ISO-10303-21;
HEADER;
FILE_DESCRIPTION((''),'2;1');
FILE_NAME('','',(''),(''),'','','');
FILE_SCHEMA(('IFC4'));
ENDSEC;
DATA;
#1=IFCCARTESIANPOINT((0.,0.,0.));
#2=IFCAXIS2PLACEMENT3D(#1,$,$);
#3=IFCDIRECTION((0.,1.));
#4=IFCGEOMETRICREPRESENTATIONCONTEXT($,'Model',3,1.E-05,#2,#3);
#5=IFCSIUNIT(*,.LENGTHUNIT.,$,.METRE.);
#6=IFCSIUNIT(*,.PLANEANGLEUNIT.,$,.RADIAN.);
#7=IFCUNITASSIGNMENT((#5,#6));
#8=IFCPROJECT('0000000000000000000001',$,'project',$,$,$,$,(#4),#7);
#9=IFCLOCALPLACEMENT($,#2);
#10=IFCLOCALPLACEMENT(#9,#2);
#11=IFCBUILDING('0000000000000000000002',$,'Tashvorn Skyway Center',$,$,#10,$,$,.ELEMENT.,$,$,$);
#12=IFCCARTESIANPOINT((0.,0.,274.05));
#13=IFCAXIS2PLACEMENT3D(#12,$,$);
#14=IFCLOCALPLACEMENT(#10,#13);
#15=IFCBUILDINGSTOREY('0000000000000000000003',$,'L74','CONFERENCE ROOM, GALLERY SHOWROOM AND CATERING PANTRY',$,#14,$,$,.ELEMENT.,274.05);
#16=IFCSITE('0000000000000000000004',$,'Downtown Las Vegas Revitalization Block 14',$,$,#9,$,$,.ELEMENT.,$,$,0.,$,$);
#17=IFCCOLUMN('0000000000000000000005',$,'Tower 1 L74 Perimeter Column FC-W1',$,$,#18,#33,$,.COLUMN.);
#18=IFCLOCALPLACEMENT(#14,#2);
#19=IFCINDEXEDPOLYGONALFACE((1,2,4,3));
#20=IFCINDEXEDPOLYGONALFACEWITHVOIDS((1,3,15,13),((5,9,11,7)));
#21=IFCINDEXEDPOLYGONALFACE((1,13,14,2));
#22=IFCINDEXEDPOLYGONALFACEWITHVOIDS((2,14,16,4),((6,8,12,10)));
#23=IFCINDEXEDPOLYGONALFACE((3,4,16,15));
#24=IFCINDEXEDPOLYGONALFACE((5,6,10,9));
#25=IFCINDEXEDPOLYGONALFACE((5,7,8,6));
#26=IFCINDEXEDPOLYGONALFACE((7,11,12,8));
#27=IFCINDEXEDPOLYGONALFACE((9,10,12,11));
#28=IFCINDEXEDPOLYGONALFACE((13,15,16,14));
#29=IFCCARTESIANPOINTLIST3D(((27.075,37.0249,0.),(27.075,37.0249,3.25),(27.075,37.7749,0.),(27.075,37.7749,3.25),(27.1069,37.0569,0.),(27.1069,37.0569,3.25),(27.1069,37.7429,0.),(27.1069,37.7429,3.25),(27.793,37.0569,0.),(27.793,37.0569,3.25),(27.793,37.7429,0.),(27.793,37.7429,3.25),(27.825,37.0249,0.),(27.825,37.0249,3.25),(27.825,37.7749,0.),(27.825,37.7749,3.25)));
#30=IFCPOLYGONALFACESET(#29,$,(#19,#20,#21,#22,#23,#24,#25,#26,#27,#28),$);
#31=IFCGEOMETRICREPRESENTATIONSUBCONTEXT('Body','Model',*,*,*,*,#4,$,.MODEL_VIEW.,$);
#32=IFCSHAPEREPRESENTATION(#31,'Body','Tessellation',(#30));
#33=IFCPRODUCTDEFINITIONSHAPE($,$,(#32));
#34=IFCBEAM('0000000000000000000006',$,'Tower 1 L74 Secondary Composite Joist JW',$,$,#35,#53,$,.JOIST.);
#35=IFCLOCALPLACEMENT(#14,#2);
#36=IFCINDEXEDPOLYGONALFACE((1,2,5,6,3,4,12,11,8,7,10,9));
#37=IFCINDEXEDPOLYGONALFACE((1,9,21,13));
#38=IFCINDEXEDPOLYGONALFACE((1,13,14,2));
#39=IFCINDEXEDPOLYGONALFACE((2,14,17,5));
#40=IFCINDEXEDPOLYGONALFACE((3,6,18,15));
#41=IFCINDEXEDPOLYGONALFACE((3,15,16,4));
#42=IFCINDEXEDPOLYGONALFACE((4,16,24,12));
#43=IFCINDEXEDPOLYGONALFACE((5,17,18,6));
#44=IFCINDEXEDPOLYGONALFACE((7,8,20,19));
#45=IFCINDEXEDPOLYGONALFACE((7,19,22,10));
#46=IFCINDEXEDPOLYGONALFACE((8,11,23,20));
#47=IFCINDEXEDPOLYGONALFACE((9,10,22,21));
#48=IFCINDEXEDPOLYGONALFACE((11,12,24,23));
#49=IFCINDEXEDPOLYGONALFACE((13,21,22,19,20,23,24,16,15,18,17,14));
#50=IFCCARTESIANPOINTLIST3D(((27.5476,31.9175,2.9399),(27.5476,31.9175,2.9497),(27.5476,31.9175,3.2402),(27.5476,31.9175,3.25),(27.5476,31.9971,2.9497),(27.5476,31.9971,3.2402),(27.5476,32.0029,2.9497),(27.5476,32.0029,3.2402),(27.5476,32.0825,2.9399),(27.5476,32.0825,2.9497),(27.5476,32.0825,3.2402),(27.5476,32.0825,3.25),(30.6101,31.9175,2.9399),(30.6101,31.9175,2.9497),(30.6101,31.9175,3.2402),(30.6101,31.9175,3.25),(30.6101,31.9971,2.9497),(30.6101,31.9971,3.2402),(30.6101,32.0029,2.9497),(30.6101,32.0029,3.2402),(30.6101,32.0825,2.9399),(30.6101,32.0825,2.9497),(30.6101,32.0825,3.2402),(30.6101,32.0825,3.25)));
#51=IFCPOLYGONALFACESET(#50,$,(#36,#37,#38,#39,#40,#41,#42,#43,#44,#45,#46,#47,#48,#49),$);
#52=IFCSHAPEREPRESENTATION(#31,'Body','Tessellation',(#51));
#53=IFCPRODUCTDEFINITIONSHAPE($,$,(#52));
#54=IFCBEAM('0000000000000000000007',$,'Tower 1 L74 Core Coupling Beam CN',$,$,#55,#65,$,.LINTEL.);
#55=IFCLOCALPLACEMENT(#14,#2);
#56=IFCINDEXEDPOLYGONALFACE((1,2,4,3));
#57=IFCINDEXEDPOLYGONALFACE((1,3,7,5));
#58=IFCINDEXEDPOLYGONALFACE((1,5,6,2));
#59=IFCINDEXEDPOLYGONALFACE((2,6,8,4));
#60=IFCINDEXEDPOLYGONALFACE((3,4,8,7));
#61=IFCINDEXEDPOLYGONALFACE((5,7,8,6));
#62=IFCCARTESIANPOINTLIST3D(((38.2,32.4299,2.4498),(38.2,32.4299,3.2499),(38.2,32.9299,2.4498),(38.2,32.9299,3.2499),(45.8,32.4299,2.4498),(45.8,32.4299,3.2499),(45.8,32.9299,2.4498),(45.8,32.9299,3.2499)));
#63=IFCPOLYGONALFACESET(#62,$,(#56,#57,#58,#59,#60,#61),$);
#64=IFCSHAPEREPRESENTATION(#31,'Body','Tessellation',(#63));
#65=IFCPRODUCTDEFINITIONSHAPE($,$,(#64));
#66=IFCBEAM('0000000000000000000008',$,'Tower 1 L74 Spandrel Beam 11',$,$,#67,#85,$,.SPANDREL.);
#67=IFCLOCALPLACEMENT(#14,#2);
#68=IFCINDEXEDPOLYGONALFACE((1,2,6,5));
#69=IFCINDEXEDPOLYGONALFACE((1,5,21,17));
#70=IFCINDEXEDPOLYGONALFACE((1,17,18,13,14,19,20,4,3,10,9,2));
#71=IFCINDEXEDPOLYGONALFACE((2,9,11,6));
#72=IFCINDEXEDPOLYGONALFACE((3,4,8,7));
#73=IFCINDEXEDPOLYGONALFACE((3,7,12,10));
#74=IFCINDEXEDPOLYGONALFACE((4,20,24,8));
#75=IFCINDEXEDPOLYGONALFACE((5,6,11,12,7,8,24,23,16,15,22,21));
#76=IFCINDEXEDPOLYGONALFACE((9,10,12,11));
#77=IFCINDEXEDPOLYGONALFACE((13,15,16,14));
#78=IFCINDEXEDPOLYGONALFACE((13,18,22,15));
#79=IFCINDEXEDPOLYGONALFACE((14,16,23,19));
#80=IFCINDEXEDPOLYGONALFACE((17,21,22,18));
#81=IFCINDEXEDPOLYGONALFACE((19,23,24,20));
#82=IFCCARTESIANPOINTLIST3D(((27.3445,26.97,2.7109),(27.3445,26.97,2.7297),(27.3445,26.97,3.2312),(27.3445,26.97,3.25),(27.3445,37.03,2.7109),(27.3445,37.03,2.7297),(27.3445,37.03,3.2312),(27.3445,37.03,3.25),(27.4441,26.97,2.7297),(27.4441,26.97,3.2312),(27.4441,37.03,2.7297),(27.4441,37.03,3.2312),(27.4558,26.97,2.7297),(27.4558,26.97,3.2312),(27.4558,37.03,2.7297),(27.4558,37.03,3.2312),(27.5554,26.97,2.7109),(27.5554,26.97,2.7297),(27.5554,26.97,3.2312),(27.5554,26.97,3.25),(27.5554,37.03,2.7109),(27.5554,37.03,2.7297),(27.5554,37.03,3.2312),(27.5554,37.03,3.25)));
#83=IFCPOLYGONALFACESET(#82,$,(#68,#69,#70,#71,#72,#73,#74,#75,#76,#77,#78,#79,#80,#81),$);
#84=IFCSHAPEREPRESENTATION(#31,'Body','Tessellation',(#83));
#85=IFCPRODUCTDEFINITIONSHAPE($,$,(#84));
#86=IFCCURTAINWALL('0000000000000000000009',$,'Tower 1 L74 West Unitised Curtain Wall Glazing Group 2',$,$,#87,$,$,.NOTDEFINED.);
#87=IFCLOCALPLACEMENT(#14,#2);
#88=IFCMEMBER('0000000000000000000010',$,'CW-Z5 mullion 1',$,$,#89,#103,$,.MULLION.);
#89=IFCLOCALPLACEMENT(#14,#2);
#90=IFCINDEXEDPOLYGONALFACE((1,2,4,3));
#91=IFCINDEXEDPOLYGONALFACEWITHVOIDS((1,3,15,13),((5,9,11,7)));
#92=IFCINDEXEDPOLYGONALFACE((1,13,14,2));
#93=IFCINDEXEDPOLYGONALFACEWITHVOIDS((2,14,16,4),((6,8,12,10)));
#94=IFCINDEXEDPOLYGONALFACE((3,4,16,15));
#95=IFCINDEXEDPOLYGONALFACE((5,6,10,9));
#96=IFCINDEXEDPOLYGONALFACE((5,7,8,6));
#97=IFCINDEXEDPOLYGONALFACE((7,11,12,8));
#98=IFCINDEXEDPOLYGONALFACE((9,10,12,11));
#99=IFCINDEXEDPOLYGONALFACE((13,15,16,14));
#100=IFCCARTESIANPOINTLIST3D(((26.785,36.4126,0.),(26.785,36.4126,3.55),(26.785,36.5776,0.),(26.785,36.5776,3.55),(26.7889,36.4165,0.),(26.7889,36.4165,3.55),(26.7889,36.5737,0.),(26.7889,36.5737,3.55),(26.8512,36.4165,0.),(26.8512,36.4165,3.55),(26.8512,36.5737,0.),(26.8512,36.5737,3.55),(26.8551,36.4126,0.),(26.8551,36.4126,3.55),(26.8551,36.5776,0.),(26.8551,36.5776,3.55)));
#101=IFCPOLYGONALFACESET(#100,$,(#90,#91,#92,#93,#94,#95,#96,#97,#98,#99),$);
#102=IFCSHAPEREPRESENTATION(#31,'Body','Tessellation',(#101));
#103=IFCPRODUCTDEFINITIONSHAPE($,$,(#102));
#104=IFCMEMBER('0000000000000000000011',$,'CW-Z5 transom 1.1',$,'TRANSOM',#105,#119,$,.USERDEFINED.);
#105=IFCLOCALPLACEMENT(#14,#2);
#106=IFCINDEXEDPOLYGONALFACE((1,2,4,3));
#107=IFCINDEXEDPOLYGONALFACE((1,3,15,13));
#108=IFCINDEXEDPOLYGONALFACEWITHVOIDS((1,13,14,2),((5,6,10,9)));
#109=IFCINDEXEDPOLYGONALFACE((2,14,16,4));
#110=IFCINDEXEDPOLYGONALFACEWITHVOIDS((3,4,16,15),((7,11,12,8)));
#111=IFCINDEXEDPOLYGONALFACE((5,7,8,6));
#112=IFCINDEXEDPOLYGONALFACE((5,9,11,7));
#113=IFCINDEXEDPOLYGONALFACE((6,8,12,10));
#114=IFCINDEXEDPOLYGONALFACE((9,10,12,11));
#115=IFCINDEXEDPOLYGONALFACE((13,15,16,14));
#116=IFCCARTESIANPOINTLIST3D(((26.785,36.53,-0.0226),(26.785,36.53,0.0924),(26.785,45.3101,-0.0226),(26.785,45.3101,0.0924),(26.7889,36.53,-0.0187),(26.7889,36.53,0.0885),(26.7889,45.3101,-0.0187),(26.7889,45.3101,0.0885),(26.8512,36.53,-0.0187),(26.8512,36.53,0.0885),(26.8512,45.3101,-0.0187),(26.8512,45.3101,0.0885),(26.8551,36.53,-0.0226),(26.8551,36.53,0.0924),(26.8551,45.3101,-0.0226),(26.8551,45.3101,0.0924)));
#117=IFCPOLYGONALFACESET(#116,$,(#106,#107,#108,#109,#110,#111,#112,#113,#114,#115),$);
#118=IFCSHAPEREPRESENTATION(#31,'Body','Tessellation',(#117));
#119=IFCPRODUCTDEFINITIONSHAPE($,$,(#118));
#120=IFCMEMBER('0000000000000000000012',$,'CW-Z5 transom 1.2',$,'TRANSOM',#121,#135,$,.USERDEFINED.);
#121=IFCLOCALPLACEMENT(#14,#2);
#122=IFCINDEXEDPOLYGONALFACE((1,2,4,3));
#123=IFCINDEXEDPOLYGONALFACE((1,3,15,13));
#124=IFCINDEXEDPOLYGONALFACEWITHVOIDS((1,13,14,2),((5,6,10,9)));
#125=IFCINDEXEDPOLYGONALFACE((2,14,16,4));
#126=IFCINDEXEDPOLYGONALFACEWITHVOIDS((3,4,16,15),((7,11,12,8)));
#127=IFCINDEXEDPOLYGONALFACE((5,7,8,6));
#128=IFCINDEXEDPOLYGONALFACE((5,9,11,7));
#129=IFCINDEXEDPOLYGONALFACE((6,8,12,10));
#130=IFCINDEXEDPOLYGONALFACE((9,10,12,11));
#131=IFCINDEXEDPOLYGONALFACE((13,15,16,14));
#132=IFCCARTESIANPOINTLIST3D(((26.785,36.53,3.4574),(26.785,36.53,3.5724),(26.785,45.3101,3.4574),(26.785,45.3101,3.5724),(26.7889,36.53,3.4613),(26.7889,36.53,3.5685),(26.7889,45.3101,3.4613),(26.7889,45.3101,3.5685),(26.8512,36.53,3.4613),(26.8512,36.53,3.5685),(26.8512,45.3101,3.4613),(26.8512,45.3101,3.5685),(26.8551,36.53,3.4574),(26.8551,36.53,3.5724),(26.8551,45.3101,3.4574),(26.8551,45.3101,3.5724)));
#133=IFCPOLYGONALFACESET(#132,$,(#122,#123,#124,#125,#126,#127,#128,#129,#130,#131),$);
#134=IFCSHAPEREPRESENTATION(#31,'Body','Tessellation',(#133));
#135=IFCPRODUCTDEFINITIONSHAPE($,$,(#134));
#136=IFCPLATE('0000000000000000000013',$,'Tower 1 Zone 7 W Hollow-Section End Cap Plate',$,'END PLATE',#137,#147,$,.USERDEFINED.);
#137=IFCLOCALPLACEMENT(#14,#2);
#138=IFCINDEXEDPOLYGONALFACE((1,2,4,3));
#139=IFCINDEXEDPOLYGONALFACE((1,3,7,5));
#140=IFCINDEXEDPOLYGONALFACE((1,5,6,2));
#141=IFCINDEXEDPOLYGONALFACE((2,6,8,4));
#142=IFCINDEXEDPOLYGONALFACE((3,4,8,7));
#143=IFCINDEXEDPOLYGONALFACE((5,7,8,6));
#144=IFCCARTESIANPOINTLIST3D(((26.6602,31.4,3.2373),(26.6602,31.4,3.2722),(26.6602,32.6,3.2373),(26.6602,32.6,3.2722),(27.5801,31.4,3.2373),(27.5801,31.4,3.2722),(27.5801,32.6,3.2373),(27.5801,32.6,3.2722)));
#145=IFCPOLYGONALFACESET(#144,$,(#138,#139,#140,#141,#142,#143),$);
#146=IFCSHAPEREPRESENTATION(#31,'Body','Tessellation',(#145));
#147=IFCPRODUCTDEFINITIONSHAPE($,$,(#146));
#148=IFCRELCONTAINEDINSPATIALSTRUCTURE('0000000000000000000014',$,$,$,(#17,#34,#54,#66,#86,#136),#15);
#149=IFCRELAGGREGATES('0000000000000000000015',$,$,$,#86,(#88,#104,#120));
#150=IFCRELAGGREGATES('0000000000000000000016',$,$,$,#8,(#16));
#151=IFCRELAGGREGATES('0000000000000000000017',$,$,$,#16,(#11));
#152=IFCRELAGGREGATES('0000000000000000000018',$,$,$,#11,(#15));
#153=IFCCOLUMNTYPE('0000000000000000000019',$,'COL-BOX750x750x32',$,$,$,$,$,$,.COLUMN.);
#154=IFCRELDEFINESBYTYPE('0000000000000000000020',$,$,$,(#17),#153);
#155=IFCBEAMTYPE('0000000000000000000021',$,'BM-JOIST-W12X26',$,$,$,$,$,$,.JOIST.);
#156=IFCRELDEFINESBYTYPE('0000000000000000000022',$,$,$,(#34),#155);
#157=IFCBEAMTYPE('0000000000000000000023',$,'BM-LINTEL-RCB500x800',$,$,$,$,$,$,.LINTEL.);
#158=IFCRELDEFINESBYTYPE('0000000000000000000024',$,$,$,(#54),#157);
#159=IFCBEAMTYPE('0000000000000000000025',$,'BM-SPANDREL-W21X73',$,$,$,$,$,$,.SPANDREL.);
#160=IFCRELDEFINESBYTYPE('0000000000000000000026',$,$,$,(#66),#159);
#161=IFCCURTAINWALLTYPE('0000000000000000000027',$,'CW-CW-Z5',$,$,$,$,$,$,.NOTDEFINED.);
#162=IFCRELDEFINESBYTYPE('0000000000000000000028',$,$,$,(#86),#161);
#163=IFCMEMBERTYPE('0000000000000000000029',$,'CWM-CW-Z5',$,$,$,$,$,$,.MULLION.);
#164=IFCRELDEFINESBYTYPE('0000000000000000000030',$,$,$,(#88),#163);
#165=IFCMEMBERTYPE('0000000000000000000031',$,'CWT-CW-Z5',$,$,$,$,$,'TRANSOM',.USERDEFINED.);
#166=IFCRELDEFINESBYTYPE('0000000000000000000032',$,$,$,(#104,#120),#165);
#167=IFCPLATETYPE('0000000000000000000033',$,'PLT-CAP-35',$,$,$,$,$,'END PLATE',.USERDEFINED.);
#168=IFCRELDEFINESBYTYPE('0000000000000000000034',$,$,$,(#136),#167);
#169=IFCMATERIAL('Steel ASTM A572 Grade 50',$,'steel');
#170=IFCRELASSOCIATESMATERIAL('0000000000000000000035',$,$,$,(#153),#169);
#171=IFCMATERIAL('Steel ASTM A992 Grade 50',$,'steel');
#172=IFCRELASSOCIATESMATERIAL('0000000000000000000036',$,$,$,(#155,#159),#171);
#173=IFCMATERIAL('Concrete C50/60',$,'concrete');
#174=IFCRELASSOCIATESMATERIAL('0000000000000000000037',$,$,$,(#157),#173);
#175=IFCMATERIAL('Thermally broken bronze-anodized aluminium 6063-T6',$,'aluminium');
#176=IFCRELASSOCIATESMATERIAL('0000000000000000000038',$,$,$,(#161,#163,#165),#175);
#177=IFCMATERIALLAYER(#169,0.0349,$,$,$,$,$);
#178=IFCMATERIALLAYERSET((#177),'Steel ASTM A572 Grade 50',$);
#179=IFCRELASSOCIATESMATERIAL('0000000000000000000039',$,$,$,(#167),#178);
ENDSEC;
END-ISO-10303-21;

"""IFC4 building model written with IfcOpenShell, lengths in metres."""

from ifc_helpers import new_model, si_unit, direction, frame, origin, origin_2d, place, context, subcontext, project, spatial, rectangle, hollow_rectangle, i_section, extrude, material, layer, layer_set, material_profile, profile_set, type_object, element, aggregate, save


model = new_model("IFC4")

# Units and contexts
model_context = context("Model", 3, precision=1e-05, world=origin(), true_north=direction((0.0, 1.0)))
body_context = subcontext(model_context, "Body", "Model", "MODEL_VIEW")
ifc_project = project(units=[si_unit("LENGTHUNIT", "METRE"), si_unit("PLANEANGLEUNIT", "RADIAN")], contexts=[model_context])

# Site, building, storey
site_placement = place(None, origin())
site = spatial("IfcSite", under=ifc_project, at=site_placement, Name="Downtown Las Vegas Revitalization Block 14", CompositionType="ELEMENT", RefElevation=0.0)
building_placement = place(site_placement, origin())
building = spatial("IfcBuilding", under=site, at=building_placement, Name="Tashvorn Skyway Center", CompositionType="ELEMENT")
storey_placement = place(building_placement, frame((0.0, 0.0, 274.05)))
storey = spatial("IfcBuildingStorey", under=building, at=storey_placement, Name="L74", Description="CONFERENCE ROOM, GALLERY SHOWROOM AND CATERING PANTRY", CompositionType="ELEMENT", Elevation=274.05)

# Column
ifc_material_1 = material(Name="Steel ASTM A572 Grade 50", Category="steel")
ifc_material_profile_1 = material_profile(ifc_material_1, hollow_rectangle(XDim=0.75, YDim=0.75, WallThickness=0.032, at=origin_2d()), Name="BOX750x750x32")
ifc_profile_set_1 = profile_set([ifc_material_profile_1], Name="Steel ASTM A572 Grade 50")
column_type = type_object("IfcColumnType", Name="COL-BOX750x750x32", PredefinedType="COLUMN", material=ifc_profile_set_1)
column_placement = place(storey_placement, frame((27.45, 37.3999, 0.0), z_axis=(0.0, 0.0, 1.0), x_axis=(1.0, 0.0, 0.0)))
element("IfcColumn", 1, at=column_placement, inside=storey, type_object=column_type, Name="Tower 1 L74 Perimeter Column FC-W1", PredefinedType="COLUMN", context=body_context, shape_type="SweptSolid", body=[
    extrude(hollow_rectangle(XDim=0.75, YDim=0.75, WallThickness=0.032, at=origin_2d()), origin(), (0.0, 0.0, 1.0), 3.25),
])

# Beams
ifc_material_2 = material(Name="Steel ASTM A992 Grade 50", Category="steel")
ifc_material_profile_2 = material_profile(ifc_material_2, i_section(OverallWidth=0.165, OverallDepth=0.3101, WebThickness=0.0059, FlangeThickness=0.0098, at=origin_2d()), Name="W12X26")
ifc_profile_set_2 = profile_set([ifc_material_profile_2], Name="Steel ASTM A992 Grade 50")
beam_type_1 = type_object("IfcBeamType", Name="BM-JOIST-W12X26", PredefinedType="JOIST", material=ifc_profile_set_2)
beam_1_placement = place(storey_placement, frame((30.6101, 32.0, 3.095), z_axis=(-1.0, 0.0, 0.0), x_axis=(0.0, -1.0, 0.0)))
element("IfcBeam", 2, at=beam_1_placement, inside=storey, type_object=beam_type_1, Name="Tower 1 L74 Secondary Composite Joist JW", PredefinedType="JOIST", context=body_context, shape_type="SweptSolid", body=[
    extrude(i_section(OverallWidth=0.165, OverallDepth=0.3101, WebThickness=0.0059, FlangeThickness=0.0098, at=origin_2d()), origin(), (0.0, 0.0, 1.0), 3.0625),
])
ifc_material_3 = material(Name="Concrete C50/60", Category="concrete")
ifc_material_profile_3 = material_profile(ifc_material_3, rectangle(XDim=0.5, YDim=0.8, at=origin_2d()), Name="RCB500x800")
ifc_profile_set_3 = profile_set([ifc_material_profile_3], Name="Concrete C50/60")
beam_type_2 = type_object("IfcBeamType", Name="BM-LINTEL-RCB500x800", PredefinedType="LINTEL", material=ifc_profile_set_3)
beam_2_placement = place(storey_placement, frame((38.2, 32.6799, 2.8499), z_axis=(1.0, 0.0, 0.0), x_axis=(0.0, 1.0, 0.0)))
element("IfcBeam", 3, at=beam_2_placement, inside=storey, type_object=beam_type_2, Name="Tower 1 L74 Core Coupling Beam CN", PredefinedType="LINTEL", context=body_context, shape_type="SweptSolid", body=[
    extrude(rectangle(XDim=0.5, YDim=0.8, at=origin_2d()), origin(), (0.0, 0.0, 1.0), 7.6001),
])
ifc_material_profile_4 = material_profile(ifc_material_2, i_section(OverallWidth=0.2109, OverallDepth=0.5391, WebThickness=0.0117, FlangeThickness=0.0188, at=origin_2d()), Name="W21X73")
ifc_profile_set_4 = profile_set([ifc_material_profile_4], Name="Steel ASTM A992 Grade 50")
beam_type_3 = type_object("IfcBeamType", Name="BM-SPANDREL-W21X73", PredefinedType="SPANDREL", material=ifc_profile_set_4)
beam_3_placement = place(storey_placement, frame((27.45, 37.03, 2.9805), z_axis=(0.0, -1.0, 0.0), x_axis=(1.0, 0.0, 0.0)))
element("IfcBeam", 4, at=beam_3_placement, inside=storey, type_object=beam_type_3, Name="Tower 1 L74 Spandrel Beam 11", PredefinedType="SPANDREL", context=body_context, shape_type="SweptSolid", body=[
    extrude(i_section(OverallWidth=0.2109, OverallDepth=0.5391, WebThickness=0.0117, FlangeThickness=0.0188, at=origin_2d()), origin(), (0.0, 0.0, 1.0), 10.0601),
])

# Curtain wall, members
ifc_material_4 = material(Name="Thermally broken bronze-anodized aluminium 6063-T6", Category="aluminium")
curtain_wall_type = type_object("IfcCurtainWallType", Name="CW-CW-Z5", PredefinedType="NOTDEFINED", material=ifc_material_4)
curtain_wall_placement = place(storey_placement, origin())
curtain_wall = element("IfcCurtainWall", 5, at=curtain_wall_placement, inside=storey, type_object=curtain_wall_type, Name="Tower 1 L74 West Unitised Curtain Wall Glazing Group 2", PredefinedType="NOTDEFINED")
ifc_material_profile_5 = material_profile(ifc_material_4, hollow_rectangle(XDim=0.0701, YDim=0.165, WallThickness=0.0039, at=origin_2d()), Name="ALU-MULL-70x165")
ifc_profile_set_5 = profile_set([ifc_material_profile_5], Name="Thermally broken bronze-anodized aluminium 6063-T6")
member_type_1 = type_object("IfcMemberType", Name="CWM-CW-Z5", PredefinedType="MULLION", material=ifc_profile_set_5)
member_1_placement = place(storey_placement, frame((26.8201, 36.4951, 0.0), z_axis=(0.0, 0.0, 1.0), x_axis=(-1.0, 0.0, 0.0)))
member_1 = element("IfcMember", 6, at=member_1_placement, type_object=member_type_1, Name="CW-Z5 mullion 1", PredefinedType="MULLION", context=body_context, shape_type="SweptSolid", body=[
    extrude(hollow_rectangle(XDim=0.0701, YDim=0.165, WallThickness=0.0039, at=origin_2d()), origin(), (0.0, 0.0, 1.0), 3.55),
])
ifc_material_profile_6 = material_profile(ifc_material_4, hollow_rectangle(XDim=0.0701, YDim=0.115, WallThickness=0.0039, at=origin_2d()), Name="ALU-TRAN-70x115")
ifc_profile_set_6 = profile_set([ifc_material_profile_6], Name="Thermally broken bronze-anodized aluminium 6063-T6")
member_type_2 = type_object("IfcMemberType", Name="CWT-CW-Z5", ElementType="TRANSOM", PredefinedType="USERDEFINED", material=ifc_profile_set_6)
member_2_placement = place(storey_placement, frame((26.8201, 36.53, 0.0349), z_axis=(0.0, 1.0, 0.0), x_axis=(-1.0, 0.0, 0.0)))
member_2 = element("IfcMember", 7, at=member_2_placement, type_object=member_type_2, Name="CW-Z5 transom 1.1", ObjectType="TRANSOM", PredefinedType="USERDEFINED", context=body_context, shape_type="SweptSolid", body=[
    extrude(hollow_rectangle(XDim=0.0701, YDim=0.115, WallThickness=0.0039, at=origin_2d()), origin(), (0.0, 0.0, 1.0), 8.78),
])
member_3_placement = place(storey_placement, frame((26.8201, 36.53, 3.5149), z_axis=(0.0, 1.0, 0.0), x_axis=(-1.0, 0.0, 0.0)))
member_3 = element("IfcMember", 8, at=member_3_placement, type_object=member_type_2, Name="CW-Z5 transom 1.2", ObjectType="TRANSOM", PredefinedType="USERDEFINED", context=body_context, shape_type="SweptSolid", body=[
    extrude(hollow_rectangle(XDim=0.0701, YDim=0.115, WallThickness=0.0039, at=origin_2d()), origin(), (0.0, 0.0, 1.0), 8.78),
])
aggregate(curtain_wall, [member_1, member_2, member_3])

# Plate
ifc_layer_1 = layer(ifc_material_1, 0.0349)
ifc_layer_set_1 = layer_set([ifc_layer_1], Name="Steel ASTM A572 Grade 50")
plate_type = type_object("IfcPlateType", Name="PLT-CAP-35", ElementType="END PLATE", PredefinedType="USERDEFINED", material=ifc_layer_set_1)
plate_placement = place(storey_placement, frame((27.1201, 32.0, 3.2373), z_axis=(0.0, 0.0, 1.0), x_axis=(0.0, -1.0, 0.0)))
element("IfcPlate", 9, at=plate_placement, inside=storey, type_object=plate_type, Name="Tower 1 Zone 7 W Hollow-Section End Cap Plate", ObjectType="END PLATE", PredefinedType="USERDEFINED", context=body_context, shape_type="SweptSolid", body=[
    extrude(rectangle(XDim=1.2, YDim=0.9199, at=origin_2d()), origin(), (0.0, 0.0, 1.0), 0.0349),
])

save(model, "model.ifc")
